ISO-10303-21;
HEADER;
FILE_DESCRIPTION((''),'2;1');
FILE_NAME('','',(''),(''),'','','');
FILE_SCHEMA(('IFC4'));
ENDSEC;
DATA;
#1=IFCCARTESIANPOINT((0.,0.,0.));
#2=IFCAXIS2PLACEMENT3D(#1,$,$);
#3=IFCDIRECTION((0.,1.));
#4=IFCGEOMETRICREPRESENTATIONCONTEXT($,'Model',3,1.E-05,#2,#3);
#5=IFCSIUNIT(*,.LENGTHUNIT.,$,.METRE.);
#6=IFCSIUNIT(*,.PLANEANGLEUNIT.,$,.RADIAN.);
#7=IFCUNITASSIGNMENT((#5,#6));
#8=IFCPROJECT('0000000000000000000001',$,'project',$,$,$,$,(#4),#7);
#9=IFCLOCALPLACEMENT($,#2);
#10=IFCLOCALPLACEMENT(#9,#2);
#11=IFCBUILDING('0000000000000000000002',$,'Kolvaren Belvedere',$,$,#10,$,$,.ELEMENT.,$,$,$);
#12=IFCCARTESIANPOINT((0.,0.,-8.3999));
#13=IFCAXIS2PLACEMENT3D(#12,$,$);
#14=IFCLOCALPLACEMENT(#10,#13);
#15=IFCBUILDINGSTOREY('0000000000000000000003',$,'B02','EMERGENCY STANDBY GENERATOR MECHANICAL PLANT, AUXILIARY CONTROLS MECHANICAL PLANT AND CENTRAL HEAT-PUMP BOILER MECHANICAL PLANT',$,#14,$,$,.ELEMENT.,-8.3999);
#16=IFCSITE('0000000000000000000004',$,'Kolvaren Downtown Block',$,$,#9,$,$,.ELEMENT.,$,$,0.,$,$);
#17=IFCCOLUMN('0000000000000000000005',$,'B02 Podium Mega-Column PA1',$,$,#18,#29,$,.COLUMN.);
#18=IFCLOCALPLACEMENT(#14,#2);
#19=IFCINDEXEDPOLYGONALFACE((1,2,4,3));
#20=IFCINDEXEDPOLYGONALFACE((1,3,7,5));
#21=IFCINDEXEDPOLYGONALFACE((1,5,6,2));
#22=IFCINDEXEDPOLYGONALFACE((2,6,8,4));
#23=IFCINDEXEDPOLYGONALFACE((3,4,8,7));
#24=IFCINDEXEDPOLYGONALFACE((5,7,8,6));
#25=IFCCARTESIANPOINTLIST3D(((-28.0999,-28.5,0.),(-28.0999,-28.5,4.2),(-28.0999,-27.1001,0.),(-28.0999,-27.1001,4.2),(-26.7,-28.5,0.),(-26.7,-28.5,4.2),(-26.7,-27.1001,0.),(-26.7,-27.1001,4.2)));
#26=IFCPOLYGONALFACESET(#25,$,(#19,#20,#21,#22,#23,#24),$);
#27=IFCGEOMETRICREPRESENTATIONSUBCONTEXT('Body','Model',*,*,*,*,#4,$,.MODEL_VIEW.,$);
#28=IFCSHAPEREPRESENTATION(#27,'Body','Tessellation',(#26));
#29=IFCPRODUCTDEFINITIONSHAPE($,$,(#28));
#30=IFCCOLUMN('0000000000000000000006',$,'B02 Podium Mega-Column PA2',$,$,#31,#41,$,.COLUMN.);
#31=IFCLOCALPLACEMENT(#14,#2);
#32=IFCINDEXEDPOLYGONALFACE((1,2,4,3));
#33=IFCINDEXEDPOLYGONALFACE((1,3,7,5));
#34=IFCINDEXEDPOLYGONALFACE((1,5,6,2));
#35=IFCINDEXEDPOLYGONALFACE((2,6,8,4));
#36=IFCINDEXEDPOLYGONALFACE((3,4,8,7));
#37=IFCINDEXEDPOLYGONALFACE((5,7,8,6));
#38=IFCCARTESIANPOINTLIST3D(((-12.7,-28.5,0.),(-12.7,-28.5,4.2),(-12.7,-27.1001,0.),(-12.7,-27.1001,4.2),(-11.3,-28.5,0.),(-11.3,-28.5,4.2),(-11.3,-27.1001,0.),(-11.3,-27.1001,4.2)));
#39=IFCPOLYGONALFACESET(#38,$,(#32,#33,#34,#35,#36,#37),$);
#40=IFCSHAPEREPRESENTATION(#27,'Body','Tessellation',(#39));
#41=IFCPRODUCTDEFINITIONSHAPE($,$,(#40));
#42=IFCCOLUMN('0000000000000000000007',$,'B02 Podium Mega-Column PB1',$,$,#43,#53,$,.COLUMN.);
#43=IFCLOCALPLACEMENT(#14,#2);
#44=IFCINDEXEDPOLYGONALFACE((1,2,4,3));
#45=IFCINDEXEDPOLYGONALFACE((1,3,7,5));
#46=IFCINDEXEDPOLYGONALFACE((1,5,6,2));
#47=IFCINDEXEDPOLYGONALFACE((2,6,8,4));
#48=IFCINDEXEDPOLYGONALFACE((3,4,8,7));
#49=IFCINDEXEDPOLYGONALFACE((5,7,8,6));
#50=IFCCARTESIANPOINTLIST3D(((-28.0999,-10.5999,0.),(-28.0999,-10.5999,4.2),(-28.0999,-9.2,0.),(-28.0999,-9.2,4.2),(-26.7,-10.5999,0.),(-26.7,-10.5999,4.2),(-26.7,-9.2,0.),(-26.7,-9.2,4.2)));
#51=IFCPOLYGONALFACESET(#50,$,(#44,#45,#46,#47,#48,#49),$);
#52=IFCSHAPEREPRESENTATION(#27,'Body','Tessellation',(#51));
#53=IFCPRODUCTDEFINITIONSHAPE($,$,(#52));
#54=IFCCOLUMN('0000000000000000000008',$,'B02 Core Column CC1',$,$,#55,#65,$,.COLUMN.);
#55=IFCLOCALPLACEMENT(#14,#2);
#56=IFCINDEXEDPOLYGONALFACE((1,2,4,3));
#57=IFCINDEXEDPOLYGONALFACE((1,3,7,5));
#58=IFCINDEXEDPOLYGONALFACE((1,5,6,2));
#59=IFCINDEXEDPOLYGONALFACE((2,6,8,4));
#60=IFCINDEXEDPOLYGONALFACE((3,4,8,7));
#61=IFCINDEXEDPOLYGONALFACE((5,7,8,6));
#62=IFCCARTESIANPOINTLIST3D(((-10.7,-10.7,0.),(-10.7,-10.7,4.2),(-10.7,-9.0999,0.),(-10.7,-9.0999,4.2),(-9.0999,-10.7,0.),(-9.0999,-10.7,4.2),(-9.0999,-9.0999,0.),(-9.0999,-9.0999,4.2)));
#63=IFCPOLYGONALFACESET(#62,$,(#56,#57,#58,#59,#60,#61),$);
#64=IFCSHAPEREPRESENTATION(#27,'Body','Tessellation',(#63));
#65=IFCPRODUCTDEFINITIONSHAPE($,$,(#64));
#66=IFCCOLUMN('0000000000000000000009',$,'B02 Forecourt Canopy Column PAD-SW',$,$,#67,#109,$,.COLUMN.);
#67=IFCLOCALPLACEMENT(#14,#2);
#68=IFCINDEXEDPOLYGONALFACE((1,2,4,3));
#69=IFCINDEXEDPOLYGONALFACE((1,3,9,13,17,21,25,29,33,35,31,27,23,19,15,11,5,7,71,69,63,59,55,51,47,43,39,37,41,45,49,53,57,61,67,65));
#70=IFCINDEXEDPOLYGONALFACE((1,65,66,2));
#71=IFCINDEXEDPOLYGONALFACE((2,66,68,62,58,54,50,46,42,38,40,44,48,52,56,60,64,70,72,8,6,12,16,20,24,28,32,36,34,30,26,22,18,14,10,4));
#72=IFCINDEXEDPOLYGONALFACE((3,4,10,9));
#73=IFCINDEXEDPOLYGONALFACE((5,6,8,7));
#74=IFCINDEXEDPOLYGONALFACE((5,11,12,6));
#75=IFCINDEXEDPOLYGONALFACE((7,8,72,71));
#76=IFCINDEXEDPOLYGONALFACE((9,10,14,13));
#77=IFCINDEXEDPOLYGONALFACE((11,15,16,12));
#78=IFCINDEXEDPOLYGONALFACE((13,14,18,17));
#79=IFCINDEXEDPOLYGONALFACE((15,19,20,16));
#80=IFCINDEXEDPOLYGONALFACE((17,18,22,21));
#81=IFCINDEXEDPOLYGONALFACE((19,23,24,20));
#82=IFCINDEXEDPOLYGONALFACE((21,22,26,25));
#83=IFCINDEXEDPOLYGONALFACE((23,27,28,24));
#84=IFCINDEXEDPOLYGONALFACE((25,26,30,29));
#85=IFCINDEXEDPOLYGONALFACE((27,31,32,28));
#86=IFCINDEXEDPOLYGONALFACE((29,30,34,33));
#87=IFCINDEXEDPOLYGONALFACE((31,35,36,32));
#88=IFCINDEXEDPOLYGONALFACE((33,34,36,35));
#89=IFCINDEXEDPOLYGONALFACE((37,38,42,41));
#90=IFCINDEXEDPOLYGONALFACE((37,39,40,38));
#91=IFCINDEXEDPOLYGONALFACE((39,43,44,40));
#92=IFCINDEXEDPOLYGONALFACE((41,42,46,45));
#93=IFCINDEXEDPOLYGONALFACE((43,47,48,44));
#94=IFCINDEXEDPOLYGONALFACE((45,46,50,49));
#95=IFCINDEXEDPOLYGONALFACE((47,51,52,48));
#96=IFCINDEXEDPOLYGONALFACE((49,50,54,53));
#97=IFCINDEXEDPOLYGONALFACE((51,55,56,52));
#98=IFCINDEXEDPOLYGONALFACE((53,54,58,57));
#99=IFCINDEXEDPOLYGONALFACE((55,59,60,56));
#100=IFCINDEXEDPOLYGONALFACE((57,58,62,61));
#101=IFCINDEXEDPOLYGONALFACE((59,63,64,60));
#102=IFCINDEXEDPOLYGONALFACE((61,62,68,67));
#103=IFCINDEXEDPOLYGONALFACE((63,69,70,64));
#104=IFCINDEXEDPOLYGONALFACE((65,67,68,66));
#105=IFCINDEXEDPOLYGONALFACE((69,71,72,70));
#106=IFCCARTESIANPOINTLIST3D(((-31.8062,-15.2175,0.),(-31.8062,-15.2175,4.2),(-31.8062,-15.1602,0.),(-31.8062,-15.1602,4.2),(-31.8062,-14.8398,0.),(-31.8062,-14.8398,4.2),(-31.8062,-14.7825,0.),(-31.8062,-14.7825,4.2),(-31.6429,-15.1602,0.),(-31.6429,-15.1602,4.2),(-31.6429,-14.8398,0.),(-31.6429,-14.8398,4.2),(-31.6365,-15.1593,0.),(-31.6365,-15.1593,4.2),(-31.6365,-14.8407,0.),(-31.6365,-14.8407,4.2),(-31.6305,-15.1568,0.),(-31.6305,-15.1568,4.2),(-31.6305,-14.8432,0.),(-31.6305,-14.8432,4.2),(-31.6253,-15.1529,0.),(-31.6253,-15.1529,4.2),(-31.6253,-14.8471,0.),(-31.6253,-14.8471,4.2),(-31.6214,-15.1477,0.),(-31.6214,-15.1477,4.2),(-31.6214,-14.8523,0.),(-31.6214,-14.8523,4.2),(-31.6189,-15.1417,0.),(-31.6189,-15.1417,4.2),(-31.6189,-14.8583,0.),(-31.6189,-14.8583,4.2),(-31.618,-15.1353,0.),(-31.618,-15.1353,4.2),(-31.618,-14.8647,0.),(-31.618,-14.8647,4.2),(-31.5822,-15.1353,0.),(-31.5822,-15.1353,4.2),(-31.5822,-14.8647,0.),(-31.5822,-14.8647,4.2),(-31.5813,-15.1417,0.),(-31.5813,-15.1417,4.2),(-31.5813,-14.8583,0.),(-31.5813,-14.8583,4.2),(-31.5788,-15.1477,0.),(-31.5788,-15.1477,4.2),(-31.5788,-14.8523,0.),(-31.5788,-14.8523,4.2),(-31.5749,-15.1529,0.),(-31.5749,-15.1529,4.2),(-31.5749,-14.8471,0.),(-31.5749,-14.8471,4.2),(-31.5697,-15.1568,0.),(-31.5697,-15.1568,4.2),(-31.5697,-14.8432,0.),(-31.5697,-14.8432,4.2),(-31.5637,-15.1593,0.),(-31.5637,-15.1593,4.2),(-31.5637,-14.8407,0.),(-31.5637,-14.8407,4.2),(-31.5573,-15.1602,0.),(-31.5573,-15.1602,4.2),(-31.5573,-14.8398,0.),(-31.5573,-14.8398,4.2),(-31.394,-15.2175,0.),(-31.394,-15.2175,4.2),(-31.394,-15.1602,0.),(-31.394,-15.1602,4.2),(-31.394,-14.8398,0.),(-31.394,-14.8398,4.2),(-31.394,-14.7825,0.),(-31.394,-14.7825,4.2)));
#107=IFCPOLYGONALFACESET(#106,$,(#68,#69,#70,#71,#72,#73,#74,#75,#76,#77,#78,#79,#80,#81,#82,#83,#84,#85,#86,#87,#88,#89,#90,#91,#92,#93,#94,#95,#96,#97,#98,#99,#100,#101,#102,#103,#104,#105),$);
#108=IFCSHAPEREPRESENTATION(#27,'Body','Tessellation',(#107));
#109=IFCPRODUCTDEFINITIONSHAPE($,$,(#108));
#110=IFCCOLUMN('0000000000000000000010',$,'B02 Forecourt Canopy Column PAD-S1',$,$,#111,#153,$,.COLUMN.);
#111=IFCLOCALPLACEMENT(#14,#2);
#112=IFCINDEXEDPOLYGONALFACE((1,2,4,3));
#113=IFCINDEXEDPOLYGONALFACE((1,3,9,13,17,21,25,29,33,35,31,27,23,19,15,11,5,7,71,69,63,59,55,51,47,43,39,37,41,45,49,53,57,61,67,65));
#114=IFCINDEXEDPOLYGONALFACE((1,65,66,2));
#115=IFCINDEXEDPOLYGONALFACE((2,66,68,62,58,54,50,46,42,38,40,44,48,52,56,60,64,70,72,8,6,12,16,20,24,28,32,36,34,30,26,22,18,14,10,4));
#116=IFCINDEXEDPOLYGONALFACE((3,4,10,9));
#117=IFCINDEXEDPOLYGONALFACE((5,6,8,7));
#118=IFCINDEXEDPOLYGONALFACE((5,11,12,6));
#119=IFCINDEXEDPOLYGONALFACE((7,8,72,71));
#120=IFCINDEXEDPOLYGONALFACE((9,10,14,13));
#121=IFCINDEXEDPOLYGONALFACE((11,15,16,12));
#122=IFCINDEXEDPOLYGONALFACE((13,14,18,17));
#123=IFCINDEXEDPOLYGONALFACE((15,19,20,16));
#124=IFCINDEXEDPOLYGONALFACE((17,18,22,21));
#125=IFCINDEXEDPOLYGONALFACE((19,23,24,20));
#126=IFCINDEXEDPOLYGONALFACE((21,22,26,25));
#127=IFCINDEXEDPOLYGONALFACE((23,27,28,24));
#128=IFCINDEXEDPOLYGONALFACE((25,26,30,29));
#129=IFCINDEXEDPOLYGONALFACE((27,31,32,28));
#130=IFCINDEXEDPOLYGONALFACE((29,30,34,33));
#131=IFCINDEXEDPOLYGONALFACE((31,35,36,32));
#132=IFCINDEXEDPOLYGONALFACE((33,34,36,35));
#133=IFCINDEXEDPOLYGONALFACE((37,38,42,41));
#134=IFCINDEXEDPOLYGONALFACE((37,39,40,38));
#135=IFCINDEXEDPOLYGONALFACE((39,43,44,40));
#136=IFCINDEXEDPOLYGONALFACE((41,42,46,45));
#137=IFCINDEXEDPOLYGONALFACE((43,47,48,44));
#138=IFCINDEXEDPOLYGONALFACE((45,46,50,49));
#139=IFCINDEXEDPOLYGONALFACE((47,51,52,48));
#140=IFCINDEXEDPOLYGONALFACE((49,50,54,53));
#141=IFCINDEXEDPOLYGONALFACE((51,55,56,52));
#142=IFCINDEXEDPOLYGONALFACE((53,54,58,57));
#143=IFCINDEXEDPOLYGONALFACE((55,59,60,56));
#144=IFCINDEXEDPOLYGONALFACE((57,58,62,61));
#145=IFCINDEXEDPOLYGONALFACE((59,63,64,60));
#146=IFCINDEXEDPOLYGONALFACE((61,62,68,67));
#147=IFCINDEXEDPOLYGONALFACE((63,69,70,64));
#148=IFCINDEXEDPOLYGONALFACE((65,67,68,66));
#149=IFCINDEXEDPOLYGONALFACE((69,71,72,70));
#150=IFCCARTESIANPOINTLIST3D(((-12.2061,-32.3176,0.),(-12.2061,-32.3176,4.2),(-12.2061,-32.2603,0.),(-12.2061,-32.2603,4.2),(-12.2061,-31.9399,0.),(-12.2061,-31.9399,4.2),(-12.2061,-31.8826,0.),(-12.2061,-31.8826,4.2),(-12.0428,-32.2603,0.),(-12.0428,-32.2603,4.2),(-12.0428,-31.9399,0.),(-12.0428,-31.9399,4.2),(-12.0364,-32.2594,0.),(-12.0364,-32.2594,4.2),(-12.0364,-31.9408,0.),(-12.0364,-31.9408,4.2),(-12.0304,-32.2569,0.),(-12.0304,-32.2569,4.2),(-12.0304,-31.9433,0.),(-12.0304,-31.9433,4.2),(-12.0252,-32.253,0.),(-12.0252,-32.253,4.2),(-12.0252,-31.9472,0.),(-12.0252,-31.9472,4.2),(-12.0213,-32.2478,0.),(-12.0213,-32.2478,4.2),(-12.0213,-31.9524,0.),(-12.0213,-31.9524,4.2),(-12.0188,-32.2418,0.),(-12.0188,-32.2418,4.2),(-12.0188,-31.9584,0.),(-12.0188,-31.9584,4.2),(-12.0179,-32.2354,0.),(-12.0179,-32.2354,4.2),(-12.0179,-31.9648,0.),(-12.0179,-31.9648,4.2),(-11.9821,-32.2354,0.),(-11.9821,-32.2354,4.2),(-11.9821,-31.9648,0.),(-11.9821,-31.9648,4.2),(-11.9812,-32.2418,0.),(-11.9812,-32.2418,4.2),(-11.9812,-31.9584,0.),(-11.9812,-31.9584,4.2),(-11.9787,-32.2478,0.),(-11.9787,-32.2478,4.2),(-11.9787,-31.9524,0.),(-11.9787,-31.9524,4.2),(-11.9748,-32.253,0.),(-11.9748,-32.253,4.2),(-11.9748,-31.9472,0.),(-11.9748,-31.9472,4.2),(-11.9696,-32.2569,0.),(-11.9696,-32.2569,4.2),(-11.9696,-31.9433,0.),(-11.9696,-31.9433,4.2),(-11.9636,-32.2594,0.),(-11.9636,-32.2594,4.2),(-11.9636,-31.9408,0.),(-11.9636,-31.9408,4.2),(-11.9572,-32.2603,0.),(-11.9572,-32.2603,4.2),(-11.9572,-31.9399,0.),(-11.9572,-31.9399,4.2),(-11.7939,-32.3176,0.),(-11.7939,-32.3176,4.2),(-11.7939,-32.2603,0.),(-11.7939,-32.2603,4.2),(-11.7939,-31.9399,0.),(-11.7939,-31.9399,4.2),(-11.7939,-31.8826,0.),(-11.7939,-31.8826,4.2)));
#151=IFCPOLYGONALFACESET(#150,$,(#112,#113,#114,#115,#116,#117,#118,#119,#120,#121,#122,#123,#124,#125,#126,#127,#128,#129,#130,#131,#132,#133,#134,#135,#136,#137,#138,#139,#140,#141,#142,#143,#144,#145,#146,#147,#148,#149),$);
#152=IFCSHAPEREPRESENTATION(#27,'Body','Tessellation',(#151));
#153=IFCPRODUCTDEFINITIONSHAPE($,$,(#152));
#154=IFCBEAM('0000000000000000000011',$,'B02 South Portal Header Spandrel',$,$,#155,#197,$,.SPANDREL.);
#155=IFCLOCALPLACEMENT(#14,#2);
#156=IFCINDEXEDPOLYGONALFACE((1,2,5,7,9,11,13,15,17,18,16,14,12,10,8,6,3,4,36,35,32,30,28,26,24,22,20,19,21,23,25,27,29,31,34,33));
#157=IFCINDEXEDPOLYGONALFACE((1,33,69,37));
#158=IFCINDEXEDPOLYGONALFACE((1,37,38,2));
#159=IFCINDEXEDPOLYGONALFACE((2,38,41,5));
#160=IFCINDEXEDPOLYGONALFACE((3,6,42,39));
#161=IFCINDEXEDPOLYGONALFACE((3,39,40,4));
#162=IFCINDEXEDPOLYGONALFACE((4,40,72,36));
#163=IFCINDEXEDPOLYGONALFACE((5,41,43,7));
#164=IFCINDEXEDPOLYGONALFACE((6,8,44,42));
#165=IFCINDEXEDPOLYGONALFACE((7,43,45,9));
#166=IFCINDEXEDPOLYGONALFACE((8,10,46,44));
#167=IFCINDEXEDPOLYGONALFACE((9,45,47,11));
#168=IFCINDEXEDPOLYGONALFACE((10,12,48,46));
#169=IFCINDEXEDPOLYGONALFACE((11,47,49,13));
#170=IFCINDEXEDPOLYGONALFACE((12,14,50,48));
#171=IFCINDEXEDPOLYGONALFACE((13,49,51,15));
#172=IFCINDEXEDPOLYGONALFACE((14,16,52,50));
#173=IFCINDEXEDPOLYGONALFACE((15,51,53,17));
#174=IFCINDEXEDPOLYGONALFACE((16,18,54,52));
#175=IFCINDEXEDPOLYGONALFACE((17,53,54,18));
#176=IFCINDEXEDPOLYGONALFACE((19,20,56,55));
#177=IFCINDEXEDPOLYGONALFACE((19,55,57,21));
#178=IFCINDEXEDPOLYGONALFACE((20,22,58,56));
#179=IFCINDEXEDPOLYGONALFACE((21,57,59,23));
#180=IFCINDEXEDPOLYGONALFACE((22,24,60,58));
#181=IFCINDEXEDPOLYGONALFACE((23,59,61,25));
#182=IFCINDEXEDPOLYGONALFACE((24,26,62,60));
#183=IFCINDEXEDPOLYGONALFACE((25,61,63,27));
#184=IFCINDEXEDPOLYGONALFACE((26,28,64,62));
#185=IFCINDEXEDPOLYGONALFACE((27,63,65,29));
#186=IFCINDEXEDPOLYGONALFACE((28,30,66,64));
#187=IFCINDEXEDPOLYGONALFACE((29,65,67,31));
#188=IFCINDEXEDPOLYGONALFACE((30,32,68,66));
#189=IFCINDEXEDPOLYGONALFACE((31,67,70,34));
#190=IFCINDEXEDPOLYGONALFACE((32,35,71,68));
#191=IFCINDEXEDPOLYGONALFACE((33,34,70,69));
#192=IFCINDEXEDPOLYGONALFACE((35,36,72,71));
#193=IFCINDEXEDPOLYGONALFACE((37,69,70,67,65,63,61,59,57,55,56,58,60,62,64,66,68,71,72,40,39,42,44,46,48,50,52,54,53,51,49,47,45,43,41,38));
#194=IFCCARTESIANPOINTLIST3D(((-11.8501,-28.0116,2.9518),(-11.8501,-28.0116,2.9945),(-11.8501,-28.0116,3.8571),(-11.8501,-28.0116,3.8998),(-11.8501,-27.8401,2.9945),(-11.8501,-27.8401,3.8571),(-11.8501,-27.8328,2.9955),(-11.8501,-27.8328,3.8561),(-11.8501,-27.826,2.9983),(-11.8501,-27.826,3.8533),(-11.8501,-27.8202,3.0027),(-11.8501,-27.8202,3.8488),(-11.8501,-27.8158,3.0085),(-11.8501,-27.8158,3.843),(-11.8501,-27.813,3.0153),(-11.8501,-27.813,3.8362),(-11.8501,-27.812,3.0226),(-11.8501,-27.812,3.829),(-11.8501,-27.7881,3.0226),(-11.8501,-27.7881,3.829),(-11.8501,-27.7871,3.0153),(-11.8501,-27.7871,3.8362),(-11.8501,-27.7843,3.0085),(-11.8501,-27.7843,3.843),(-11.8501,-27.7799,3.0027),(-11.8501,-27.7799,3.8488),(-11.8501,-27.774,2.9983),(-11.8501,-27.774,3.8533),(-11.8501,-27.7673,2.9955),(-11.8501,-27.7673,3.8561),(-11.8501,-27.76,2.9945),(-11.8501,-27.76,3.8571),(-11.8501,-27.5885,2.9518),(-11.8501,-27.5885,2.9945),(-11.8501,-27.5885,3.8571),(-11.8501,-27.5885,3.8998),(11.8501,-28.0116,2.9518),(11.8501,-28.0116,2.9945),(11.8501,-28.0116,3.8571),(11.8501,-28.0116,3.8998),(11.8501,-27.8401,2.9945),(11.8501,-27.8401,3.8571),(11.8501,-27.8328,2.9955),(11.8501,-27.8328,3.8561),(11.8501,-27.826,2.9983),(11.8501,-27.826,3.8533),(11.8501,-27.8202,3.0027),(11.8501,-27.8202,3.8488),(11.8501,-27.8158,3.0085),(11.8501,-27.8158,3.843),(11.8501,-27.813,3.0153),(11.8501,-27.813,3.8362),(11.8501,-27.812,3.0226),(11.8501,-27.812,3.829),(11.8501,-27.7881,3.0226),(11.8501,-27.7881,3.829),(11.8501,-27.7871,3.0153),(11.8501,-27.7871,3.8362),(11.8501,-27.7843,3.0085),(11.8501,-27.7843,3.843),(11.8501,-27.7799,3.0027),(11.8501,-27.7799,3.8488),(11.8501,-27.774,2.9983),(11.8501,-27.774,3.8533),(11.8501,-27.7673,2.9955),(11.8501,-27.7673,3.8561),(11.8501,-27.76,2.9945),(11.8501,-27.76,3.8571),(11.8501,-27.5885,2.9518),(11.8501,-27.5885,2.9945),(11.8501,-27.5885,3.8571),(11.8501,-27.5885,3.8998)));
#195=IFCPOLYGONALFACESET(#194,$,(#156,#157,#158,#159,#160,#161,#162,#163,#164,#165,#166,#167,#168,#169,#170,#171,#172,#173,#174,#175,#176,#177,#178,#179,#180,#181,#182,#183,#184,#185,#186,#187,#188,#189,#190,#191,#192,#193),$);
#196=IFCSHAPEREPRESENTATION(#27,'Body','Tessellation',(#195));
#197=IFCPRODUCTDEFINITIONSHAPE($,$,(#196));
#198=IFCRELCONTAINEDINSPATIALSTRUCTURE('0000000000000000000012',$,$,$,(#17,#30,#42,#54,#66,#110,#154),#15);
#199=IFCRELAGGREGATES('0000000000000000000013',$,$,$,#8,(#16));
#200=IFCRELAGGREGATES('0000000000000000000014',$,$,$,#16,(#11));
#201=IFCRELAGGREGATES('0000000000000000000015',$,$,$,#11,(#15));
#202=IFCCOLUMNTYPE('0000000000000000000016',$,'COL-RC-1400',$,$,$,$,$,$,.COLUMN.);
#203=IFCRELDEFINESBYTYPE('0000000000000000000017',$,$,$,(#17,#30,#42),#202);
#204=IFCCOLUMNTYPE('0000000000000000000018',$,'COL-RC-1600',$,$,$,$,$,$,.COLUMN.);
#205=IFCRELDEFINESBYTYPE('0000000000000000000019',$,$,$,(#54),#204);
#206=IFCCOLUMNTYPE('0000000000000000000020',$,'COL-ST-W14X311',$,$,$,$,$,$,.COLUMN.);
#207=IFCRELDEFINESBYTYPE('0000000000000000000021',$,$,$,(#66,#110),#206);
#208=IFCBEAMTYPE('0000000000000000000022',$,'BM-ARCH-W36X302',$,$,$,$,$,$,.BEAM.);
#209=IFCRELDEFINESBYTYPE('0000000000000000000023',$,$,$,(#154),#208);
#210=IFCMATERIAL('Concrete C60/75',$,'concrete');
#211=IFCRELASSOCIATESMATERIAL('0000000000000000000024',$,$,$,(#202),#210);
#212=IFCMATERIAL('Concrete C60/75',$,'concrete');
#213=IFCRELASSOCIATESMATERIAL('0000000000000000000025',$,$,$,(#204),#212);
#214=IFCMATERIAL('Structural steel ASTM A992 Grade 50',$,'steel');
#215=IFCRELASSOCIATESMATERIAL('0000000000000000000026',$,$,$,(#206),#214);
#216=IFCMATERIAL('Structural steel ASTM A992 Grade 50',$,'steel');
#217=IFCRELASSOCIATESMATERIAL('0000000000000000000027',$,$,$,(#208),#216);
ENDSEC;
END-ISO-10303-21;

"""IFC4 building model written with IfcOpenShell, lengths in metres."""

from ifc_helpers import new_model, si_unit, direction, frame, origin, origin_2d, place, context, subcontext, project, spatial, rectangle, i_section, extrude, material, material_profile, profile_set, type_object, element, save


model = new_model("IFC4")

# Units and contexts
model_context = context("Model", 3, precision=1e-05, world=origin(), true_north=direction((0.0, 1.0)))
body_context = subcontext(model_context, "Body", "Model", "MODEL_VIEW")
ifc_project = project(units=[si_unit("LENGTHUNIT", "METRE"), si_unit("PLANEANGLEUNIT", "RADIAN")], contexts=[model_context])

# Site, building, storey
site_placement = place(None, origin())
site = spatial("IfcSite", under=ifc_project, at=site_placement, Name="Kolvaren Downtown Block", CompositionType="ELEMENT", RefElevation=0.0)
building_placement = place(site_placement, origin())
building = spatial("IfcBuilding", under=site, at=building_placement, Name="Kolvaren Belvedere", CompositionType="ELEMENT")
storey_placement = place(building_placement, frame((0.0, 0.0, -8.3999)))
storey = spatial("IfcBuildingStorey", under=building, at=storey_placement, Name="B02", Description="EMERGENCY STANDBY GENERATOR MECHANICAL PLANT, AUXILIARY CONTROLS MECHANICAL PLANT AND CENTRAL HEAT-PUMP BOILER MECHANICAL PLANT", CompositionType="ELEMENT", Elevation=-8.3999)

# Columns
ifc_material_1 = material(Name="Concrete C60/75", Category="concrete")
ifc_material_profile_1 = material_profile(ifc_material_1, rectangle(XDim=1.3999, YDim=1.3999, at=origin_2d()), Name="RC 1400X1400")
ifc_profile_set_1 = profile_set([ifc_material_profile_1], Name="Concrete C60/75")
column_type_1 = type_object("IfcColumnType", Name="COL-RC-1400", PredefinedType="COLUMN", material=ifc_profile_set_1)
for number, where, z_axis, x_axis, name in (
    (1, (-27.3999, -27.8, 0.0), (0.0, 0.0, 1.0), (1.0, 0.0, 0.0), "B02 Podium Mega-Column PA1"),
    (2, (-12.0, -27.8, 0.0), (0.0, 0.0, 1.0), (1.0, 0.0, 0.0), "B02 Podium Mega-Column PA2"),
    (3, (-27.3999, -9.8999, 0.0), (0.0, 0.0, 1.0), (1.0, 0.0, 0.0), "B02 Podium Mega-Column PB1"),
):
    element("IfcColumn", number, at=place(storey_placement, frame(where, z_axis=z_axis, x_axis=x_axis)), inside=storey, type_object=column_type_1, Name=name, PredefinedType="COLUMN", context=body_context, shape_type="SweptSolid", body=[
        extrude(rectangle(XDim=1.3999, YDim=1.3999, at=origin_2d()), origin(), (0.0, 0.0, 1.0), 4.2),
    ])
ifc_material_2 = material(Name="Concrete C60/75", Category="concrete")
ifc_material_profile_2 = material_profile(ifc_material_2, rectangle(XDim=1.6001, YDim=1.6001, at=origin_2d()), Name="RC 1600X1600")
ifc_profile_set_2 = profile_set([ifc_material_profile_2], Name="Concrete C60/75")
column_type_2 = type_object("IfcColumnType", Name="COL-RC-1600", PredefinedType="COLUMN", material=ifc_profile_set_2)
column_placement = place(storey_placement, frame((-9.8999, -9.8999, 0.0), z_axis=(0.0, 0.0, 1.0), x_axis=(1.0, 0.0, 0.0)))
element("IfcColumn", 4, at=column_placement, inside=storey, type_object=column_type_2, Name="B02 Core Column CC1", PredefinedType="COLUMN", context=body_context, shape_type="SweptSolid", body=[
    extrude(rectangle(XDim=1.6001, YDim=1.6001, at=origin_2d()), origin(), (0.0, 0.0, 1.0), 4.2),
])
ifc_material_3 = material(Name="Structural steel ASTM A992 Grade 50", Category="steel")
ifc_material_profile_3 = material_profile(ifc_material_3, i_section(OverallWidth=0.4121, OverallDepth=0.4351, WebThickness=0.0359, FlangeThickness=0.0574, FilletRadius=0.0249, at=origin_2d()), Name="W14X311")
ifc_profile_set_3 = profile_set([ifc_material_profile_3], Name="Structural steel ASTM A992 Grade 50")
column_type_3 = type_object("IfcColumnType", Name="COL-ST-W14X311", PredefinedType="COLUMN", material=ifc_profile_set_3)
for number, where, z_axis, x_axis, name in (
    (5, (-31.6001, -15.0, 0.0), (0.0, 0.0, 1.0), (1.0, 0.0, 0.0), "B02 Forecourt Canopy Column PAD-SW"),
    (6, (-12.0, -32.1001, 0.0), (0.0, 0.0, 1.0), (1.0, 0.0, 0.0), "B02 Forecourt Canopy Column PAD-S1"),
):
    element("IfcColumn", number, at=place(storey_placement, frame(where, z_axis=z_axis, x_axis=x_axis)), inside=storey, type_object=column_type_3, Name=name, PredefinedType="COLUMN", context=body_context, shape_type="SweptSolid", body=[
        extrude(i_section(OverallWidth=0.4121, OverallDepth=0.4351, WebThickness=0.0359, FlangeThickness=0.0574, FilletRadius=0.0249, at=origin_2d()), origin(), (0.0, 0.0, 1.0), 4.2),
    ])

# Beam
ifc_material_4 = material(Name="Structural steel ASTM A992 Grade 50", Category="steel")
ifc_material_profile_4 = material_profile(ifc_material_4, i_section(OverallWidth=0.4231, OverallDepth=0.948, WebThickness=0.0239, FlangeThickness=0.0427, FilletRadius=0.0281, at=origin_2d()), Name="W36X302")
ifc_profile_set_4 = profile_set([ifc_material_profile_4], Name="Structural steel ASTM A992 Grade 50")
beam_type_1 = type_object("IfcBeamType", Name="BM-ARCH-W36X302", PredefinedType="BEAM", material=ifc_profile_set_4)
beam_1_placement = place(storey_placement, frame((-11.8501, -27.8, 3.4258), z_axis=(1.0, 0.0, 0.0), x_axis=(0.0, 1.0, 0.0)))
element("IfcBeam", 7, at=beam_1_placement, inside=storey, type_object=beam_type_1, Name="B02 South Portal Header Spandrel", PredefinedType="SPANDREL", context=body_context, shape_type="SweptSolid", body=[
    extrude(i_section(OverallWidth=0.4231, OverallDepth=0.948, WebThickness=0.0239, FlangeThickness=0.0427, FilletRadius=0.0281, at=origin_2d()), origin(), (0.0, 0.0, 1.0), 23.7002),
])

save(model, "model.ifc")
